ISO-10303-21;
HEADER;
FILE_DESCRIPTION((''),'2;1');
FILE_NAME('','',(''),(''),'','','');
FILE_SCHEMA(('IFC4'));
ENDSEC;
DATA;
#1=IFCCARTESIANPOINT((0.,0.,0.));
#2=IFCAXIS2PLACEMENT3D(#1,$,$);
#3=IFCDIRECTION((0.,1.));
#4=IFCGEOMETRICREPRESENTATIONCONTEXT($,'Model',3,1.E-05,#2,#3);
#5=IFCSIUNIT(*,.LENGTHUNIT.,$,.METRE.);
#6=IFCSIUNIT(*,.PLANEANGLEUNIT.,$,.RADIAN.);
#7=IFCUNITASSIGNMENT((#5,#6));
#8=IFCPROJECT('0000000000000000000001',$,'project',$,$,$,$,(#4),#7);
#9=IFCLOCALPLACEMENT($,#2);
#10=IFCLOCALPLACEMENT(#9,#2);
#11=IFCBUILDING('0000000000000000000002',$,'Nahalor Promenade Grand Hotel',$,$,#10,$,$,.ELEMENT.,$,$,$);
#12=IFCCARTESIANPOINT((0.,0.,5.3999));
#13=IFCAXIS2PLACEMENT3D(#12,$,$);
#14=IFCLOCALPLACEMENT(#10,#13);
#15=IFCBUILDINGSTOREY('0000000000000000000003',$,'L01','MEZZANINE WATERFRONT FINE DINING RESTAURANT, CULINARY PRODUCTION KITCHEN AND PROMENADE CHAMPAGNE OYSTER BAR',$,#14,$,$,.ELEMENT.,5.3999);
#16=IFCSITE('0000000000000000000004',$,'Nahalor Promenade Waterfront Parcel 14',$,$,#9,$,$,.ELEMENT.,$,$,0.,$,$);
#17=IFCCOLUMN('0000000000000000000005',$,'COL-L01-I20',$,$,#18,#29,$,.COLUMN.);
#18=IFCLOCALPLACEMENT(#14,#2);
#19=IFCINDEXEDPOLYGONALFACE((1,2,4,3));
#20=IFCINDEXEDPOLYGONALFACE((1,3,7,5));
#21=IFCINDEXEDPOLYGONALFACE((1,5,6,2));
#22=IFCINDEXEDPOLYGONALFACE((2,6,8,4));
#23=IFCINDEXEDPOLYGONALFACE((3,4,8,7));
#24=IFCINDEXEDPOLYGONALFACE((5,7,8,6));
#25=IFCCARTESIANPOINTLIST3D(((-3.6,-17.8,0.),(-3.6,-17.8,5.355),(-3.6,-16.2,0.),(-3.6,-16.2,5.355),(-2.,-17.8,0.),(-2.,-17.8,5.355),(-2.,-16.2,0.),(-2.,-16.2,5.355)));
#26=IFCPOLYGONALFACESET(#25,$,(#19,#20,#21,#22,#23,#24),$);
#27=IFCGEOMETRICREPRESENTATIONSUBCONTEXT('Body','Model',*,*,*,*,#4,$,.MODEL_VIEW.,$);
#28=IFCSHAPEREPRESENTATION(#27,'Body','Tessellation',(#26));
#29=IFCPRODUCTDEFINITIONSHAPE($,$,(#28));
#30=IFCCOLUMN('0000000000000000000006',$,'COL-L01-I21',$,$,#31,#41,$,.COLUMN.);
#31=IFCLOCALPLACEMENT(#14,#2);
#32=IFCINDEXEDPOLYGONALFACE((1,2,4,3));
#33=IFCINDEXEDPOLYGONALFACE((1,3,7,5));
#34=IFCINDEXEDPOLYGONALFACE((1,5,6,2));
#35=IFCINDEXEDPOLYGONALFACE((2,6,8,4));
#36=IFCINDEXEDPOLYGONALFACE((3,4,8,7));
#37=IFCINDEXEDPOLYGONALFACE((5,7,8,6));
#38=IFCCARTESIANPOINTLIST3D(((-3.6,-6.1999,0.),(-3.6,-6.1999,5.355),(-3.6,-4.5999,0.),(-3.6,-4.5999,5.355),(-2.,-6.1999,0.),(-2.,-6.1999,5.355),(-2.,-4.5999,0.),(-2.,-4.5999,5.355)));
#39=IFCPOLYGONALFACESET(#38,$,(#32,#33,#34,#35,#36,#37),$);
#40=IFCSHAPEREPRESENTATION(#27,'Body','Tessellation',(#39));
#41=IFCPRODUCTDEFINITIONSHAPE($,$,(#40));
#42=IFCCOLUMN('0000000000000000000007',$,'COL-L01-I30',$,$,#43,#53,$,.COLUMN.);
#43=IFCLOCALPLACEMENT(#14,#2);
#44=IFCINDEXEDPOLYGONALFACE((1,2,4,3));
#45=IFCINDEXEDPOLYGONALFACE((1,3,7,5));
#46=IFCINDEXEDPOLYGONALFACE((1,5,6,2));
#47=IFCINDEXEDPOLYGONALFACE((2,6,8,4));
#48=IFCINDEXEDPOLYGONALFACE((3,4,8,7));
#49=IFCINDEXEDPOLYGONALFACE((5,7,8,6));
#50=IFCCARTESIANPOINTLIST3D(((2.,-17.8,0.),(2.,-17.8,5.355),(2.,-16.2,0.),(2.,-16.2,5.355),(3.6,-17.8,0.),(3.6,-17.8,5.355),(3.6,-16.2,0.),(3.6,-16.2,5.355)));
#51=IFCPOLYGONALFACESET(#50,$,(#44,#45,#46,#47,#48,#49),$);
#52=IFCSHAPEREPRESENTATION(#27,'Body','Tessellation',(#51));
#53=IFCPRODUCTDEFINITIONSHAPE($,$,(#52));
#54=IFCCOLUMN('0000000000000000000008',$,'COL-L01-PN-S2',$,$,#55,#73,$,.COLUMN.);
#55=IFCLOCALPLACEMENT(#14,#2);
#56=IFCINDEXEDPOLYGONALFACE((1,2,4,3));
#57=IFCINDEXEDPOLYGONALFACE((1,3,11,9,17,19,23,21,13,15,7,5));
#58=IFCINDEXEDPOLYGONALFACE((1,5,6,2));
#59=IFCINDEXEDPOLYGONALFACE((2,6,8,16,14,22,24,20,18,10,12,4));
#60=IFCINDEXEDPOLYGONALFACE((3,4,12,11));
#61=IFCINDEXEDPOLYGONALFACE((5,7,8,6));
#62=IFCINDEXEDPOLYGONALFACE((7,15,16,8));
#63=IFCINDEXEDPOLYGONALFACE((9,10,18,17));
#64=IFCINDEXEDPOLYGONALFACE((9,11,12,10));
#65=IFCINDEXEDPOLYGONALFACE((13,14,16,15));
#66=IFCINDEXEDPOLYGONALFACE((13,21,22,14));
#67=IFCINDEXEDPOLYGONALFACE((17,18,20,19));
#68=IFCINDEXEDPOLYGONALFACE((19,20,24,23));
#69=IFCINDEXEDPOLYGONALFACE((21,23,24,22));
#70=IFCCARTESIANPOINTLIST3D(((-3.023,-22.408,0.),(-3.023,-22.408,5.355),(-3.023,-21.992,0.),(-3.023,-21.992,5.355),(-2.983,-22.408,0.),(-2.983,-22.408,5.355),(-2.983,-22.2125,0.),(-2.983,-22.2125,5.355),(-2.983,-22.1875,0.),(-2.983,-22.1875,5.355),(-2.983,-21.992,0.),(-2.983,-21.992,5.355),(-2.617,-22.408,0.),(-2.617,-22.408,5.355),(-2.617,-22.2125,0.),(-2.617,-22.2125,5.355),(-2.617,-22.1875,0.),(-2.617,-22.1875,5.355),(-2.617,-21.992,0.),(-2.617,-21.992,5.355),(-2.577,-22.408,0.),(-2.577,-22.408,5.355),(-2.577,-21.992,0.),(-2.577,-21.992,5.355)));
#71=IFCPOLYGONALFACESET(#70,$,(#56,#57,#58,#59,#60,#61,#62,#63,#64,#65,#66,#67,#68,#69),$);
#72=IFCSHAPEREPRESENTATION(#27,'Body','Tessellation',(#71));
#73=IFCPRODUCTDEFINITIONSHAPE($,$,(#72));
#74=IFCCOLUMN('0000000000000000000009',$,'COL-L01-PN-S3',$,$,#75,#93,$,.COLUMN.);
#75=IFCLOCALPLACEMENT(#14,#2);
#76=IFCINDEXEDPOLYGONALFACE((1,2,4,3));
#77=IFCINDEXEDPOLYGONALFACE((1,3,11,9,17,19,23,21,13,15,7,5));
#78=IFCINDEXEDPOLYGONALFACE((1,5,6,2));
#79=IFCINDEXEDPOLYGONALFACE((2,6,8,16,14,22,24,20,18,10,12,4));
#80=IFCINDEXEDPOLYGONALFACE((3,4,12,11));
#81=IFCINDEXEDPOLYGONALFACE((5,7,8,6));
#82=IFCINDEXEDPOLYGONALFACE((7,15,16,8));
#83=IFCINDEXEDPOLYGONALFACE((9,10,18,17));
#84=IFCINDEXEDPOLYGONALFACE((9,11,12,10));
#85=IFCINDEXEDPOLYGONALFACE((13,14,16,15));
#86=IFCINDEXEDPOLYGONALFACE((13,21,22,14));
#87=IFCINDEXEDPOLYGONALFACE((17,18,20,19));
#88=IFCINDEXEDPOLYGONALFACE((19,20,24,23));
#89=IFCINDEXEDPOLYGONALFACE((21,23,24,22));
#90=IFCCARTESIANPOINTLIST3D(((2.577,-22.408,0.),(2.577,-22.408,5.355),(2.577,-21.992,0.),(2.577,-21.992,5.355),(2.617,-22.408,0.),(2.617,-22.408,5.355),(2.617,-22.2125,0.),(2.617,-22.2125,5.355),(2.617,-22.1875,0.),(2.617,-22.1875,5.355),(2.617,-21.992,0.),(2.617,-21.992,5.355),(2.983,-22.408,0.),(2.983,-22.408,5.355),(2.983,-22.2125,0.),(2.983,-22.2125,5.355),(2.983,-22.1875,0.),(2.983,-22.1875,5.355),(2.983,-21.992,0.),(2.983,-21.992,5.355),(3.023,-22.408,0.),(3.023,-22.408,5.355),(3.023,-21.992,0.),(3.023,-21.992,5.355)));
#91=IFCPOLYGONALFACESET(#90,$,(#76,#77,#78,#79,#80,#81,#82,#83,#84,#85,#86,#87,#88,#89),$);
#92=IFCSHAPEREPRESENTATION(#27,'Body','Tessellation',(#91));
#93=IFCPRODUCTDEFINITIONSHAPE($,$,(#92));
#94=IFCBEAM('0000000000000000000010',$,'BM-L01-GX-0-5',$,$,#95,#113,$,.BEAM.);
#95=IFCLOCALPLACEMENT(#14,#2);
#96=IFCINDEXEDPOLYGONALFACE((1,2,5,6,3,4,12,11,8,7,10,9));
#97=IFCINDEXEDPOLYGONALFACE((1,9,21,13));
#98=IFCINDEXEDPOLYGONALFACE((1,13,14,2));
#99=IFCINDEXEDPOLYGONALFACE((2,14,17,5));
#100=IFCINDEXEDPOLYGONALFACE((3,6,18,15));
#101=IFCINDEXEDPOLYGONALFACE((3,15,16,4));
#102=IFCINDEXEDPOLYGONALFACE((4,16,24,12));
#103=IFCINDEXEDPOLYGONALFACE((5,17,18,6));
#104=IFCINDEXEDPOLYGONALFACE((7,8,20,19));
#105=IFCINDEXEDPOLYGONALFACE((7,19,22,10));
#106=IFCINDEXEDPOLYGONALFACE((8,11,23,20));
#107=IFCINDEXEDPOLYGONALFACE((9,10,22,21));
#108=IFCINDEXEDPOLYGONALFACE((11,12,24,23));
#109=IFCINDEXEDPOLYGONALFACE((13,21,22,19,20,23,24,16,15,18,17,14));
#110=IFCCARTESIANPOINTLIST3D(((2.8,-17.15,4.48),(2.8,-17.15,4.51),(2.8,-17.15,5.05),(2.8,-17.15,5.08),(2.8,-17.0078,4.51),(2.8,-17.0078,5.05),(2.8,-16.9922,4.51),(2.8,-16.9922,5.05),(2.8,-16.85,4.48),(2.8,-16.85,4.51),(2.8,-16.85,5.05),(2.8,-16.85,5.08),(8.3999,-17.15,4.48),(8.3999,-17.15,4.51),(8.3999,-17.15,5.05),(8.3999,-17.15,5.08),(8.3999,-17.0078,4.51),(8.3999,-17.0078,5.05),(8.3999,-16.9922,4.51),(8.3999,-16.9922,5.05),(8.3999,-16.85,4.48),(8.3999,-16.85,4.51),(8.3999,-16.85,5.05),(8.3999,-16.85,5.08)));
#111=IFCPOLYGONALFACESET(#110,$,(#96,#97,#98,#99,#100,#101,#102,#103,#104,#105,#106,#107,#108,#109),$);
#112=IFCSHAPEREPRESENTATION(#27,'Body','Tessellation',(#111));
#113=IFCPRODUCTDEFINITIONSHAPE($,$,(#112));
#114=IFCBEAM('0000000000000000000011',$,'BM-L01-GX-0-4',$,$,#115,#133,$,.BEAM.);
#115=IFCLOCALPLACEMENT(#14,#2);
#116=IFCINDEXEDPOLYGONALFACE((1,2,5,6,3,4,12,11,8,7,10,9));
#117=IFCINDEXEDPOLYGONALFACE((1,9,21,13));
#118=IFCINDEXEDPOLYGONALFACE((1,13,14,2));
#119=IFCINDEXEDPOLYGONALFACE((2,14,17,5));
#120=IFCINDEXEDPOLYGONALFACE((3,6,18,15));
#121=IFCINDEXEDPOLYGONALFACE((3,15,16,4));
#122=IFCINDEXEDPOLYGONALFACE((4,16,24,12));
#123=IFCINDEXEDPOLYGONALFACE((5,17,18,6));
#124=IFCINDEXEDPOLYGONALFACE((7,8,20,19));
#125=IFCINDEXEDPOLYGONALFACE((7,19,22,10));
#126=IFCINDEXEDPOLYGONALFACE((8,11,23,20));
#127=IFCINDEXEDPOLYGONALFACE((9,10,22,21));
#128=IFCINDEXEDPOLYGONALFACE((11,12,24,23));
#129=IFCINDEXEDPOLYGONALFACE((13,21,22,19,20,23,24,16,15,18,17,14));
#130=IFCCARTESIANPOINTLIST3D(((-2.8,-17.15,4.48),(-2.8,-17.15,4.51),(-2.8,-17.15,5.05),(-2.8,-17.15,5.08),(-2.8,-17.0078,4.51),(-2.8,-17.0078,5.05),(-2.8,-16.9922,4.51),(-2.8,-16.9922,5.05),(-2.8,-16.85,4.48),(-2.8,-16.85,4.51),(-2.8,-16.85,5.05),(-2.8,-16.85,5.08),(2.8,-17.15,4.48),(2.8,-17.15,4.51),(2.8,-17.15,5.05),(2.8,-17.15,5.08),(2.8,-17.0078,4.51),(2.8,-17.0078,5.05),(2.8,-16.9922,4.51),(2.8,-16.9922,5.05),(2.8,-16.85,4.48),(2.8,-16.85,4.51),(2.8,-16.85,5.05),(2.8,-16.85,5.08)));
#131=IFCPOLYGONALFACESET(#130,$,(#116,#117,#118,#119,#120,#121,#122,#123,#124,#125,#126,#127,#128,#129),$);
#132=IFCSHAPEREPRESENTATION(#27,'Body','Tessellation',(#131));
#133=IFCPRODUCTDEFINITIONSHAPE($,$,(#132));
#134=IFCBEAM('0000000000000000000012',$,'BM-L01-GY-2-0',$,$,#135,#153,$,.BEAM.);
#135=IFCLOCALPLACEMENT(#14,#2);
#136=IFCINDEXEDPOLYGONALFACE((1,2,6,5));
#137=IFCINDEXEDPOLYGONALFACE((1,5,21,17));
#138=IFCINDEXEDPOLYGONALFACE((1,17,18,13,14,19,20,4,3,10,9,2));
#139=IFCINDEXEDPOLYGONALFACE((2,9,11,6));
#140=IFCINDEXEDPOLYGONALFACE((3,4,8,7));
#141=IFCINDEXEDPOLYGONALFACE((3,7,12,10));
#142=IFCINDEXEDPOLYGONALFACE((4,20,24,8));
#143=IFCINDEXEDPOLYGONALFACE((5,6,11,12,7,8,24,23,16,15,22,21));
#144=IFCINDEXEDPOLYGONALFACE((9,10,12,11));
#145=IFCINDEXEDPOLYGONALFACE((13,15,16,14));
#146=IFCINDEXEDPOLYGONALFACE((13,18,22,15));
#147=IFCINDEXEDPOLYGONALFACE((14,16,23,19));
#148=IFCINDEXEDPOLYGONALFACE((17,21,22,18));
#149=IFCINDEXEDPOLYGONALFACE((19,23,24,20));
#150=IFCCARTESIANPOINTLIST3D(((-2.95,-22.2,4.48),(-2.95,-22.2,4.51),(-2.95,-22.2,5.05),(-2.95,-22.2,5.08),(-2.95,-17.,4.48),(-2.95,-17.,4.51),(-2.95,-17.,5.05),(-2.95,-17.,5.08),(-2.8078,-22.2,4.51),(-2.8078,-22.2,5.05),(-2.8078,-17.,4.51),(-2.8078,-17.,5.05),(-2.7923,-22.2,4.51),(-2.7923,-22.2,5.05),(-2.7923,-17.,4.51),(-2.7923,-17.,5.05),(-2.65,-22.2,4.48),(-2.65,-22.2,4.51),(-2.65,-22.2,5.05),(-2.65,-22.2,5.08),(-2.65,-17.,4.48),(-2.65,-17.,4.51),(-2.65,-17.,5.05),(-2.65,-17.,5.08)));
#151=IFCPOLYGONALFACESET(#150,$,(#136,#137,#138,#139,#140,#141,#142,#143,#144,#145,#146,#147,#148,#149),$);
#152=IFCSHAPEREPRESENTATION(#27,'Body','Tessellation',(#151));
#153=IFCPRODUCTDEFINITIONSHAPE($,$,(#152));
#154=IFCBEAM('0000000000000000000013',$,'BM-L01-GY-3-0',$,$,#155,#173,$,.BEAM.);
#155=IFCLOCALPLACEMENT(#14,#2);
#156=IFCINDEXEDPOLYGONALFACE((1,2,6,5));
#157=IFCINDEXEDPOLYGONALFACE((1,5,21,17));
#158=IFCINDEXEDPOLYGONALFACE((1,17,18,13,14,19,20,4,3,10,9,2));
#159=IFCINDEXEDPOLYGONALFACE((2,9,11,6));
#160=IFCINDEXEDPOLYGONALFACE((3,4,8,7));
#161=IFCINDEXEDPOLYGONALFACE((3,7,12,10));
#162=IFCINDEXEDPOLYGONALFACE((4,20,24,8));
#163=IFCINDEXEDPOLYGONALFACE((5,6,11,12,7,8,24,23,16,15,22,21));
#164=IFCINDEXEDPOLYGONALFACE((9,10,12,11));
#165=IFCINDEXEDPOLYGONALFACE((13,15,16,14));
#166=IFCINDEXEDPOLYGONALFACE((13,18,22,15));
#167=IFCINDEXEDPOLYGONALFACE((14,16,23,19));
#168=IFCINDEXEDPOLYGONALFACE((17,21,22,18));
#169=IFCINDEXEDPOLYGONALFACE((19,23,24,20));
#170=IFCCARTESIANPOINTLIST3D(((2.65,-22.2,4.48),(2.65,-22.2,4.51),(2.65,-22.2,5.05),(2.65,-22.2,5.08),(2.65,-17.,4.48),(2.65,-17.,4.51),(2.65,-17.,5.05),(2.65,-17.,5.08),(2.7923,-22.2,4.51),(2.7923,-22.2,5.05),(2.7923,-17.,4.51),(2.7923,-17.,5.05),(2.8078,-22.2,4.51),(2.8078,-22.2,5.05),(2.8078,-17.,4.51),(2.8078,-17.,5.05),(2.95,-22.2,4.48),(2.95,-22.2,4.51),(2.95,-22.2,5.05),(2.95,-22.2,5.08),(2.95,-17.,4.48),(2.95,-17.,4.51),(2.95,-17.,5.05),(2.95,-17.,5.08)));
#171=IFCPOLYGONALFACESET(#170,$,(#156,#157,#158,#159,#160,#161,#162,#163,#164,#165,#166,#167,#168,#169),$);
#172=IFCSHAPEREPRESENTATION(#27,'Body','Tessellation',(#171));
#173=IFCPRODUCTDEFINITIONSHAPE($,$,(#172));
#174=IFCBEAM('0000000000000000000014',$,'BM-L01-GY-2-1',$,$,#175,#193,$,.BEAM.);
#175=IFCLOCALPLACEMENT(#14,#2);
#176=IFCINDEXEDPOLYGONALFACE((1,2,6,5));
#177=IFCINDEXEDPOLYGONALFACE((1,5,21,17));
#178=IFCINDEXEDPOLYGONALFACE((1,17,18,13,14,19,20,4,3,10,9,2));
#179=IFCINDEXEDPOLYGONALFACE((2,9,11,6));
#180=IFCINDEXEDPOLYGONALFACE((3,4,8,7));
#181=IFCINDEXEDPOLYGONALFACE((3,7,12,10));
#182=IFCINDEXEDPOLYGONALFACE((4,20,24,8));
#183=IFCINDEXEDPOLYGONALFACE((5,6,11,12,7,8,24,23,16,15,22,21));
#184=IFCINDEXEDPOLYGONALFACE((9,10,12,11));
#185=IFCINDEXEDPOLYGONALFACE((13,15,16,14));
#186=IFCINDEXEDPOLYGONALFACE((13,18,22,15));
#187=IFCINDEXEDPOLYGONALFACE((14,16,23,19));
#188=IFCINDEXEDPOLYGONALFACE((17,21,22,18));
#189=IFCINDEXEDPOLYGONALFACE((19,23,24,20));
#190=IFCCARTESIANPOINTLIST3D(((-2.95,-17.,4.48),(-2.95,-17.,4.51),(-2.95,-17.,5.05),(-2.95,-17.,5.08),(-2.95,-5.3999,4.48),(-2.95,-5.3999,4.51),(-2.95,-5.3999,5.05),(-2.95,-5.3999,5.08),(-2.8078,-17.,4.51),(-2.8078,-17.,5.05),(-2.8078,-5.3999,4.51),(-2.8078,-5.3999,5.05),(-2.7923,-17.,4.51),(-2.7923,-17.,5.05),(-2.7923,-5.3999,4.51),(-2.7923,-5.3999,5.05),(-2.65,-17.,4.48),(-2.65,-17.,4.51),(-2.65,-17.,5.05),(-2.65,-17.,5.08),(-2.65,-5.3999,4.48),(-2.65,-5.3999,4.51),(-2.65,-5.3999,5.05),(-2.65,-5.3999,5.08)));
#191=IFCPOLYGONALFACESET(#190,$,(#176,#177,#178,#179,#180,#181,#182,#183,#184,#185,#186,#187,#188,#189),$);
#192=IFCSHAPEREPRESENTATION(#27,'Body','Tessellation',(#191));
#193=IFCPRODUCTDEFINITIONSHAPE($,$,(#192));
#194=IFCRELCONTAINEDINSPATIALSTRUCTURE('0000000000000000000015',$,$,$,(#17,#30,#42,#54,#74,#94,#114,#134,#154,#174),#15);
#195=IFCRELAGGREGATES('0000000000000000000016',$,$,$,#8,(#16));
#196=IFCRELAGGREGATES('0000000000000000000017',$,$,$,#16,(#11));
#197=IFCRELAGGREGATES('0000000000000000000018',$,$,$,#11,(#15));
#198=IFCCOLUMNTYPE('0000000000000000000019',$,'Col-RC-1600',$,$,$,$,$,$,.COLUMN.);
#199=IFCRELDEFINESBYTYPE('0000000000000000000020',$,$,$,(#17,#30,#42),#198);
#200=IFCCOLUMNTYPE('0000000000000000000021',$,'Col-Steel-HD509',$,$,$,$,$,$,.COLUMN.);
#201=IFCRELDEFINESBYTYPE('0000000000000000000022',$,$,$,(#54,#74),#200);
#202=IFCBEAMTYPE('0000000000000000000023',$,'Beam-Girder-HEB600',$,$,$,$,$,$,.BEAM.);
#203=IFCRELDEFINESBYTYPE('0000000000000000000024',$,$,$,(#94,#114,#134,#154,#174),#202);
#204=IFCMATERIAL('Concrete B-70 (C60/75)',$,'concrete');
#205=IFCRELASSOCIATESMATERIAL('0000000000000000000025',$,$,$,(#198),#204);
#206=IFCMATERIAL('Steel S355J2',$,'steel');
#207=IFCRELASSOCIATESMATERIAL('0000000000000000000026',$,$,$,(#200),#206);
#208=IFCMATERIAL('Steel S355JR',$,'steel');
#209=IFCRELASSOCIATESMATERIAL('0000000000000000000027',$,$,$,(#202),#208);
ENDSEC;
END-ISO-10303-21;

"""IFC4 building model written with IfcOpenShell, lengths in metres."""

from ifc_helpers import new_model, si_unit, direction, frame, origin, origin_2d, place, context, subcontext, project, spatial, rectangle, i_section, extrude, source, transform, mapped, material, material_profile, profile_set, type_object, element, save


model = new_model("IFC4")

# Units and contexts
model_context = context("Model", 3, precision=1e-05, world=origin(), true_north=direction((0.0, 1.0)))
body_context = subcontext(model_context, "Body", "Model", "MODEL_VIEW")
ifc_project = project(units=[si_unit("LENGTHUNIT", "METRE"), si_unit("PLANEANGLEUNIT", "RADIAN")], contexts=[model_context])

# Site, building, storey
site_placement = place(None, origin())
site = spatial("IfcSite", under=ifc_project, at=site_placement, Name="Nahalor Promenade Waterfront Parcel 14", CompositionType="ELEMENT", RefElevation=0.0)
building_placement = place(site_placement, origin())
building = spatial("IfcBuilding", under=site, at=building_placement, Name="Nahalor Promenade Grand Hotel", CompositionType="ELEMENT")
storey_placement = place(building_placement, frame((0.0, 0.0, 5.3999)))
storey = spatial("IfcBuildingStorey", under=building, at=storey_placement, Name="L01", Description="MEZZANINE WATERFRONT FINE DINING RESTAURANT, CULINARY PRODUCTION KITCHEN AND PROMENADE CHAMPAGNE OYSTER BAR", CompositionType="ELEMENT", Elevation=5.3999)

# Columns
ifc_material_1 = material(Name="Concrete B-70 (C60/75)", Category="concrete")
ifc_material_profile_1 = material_profile(ifc_material_1, rectangle(XDim=1.6, YDim=1.6, at=origin_2d()), Name="RC 1600x1600")
ifc_profile_set_1 = profile_set([ifc_material_profile_1], Name="Concrete B-70 (C60/75)")
column_type_1 = type_object("IfcColumnType", Name="Col-RC-1600", PredefinedType="COLUMN", material=ifc_profile_set_1)
shared_shape_1 = source(origin(), body_context, "Body", "SweptSolid", [
    extrude(rectangle(XDim=1.6, YDim=1.6, at=origin_2d()), origin(), (0.0, 0.0, 1.0), 5.355),
])
for number, where, z_axis, x_axis, name in (
    (1, (-2.8, -17.0, 0.0), (0.0, 0.0, 1.0), (1.0, 0.0, 0.0), "COL-L01-I20"),
    (2, (-2.8, -5.3999, 0.0), (0.0, 0.0, 1.0), (1.0, 0.0, 0.0), "COL-L01-I21"),
    (3, (2.8, -17.0, 0.0), (0.0, 0.0, 1.0), (1.0, 0.0, 0.0), "COL-L01-I30"),
):
    element("IfcColumn", number, at=place(storey_placement, frame(where, z_axis=z_axis, x_axis=x_axis)), inside=storey, type_object=column_type_1, Name=name, PredefinedType="COLUMN", context=body_context, shape_type="MappedRepresentation", body=[
        mapped(shared_shape_1, transform((0.0, 0.0, 0.0), scale=1.0)),
    ])
ifc_material_2 = material(Name="Steel S355J2", Category="steel")
ifc_material_profile_2 = material_profile(ifc_material_2, i_section(OverallWidth=0.416, OverallDepth=0.446, WebThickness=0.025, FlangeThickness=0.04, at=origin_2d()), Name="HD 400x509")
ifc_profile_set_2 = profile_set([ifc_material_profile_2], Name="Steel S355J2")
column_type_2 = type_object("IfcColumnType", Name="Col-Steel-HD509", PredefinedType="COLUMN", material=ifc_profile_set_2)
shared_shape_2 = source(origin(), body_context, "Body", "SweptSolid", [
    extrude(i_section(OverallWidth=0.416, OverallDepth=0.446, WebThickness=0.025, FlangeThickness=0.04, at=origin_2d()), origin(), (0.0, 0.0, 1.0), 5.355),
])
for number, where, z_axis, x_axis, name in (
    (4, (-2.8, -22.2, 0.0), (0.0, 0.0, 1.0), (0.0, 1.0, 0.0), "COL-L01-PN-S2"),
    (5, (2.8, -22.2, 0.0), (0.0, 0.0, 1.0), (0.0, 1.0, 0.0), "COL-L01-PN-S3"),
):
    element("IfcColumn", number, at=place(storey_placement, frame(where, z_axis=z_axis, x_axis=x_axis)), inside=storey, type_object=column_type_2, Name=name, PredefinedType="COLUMN", context=body_context, shape_type="MappedRepresentation", body=[
        mapped(shared_shape_2, transform((0.0, 0.0, 0.0), scale=1.0)),
    ])

# Beams
ifc_material_3 = material(Name="Steel S355JR", Category="steel")
ifc_material_profile_3 = material_profile(ifc_material_3, i_section(OverallWidth=0.3, OverallDepth=0.6, WebThickness=0.0155, FlangeThickness=0.03, at=origin_2d()), Name="HEB 600")
ifc_profile_set_3 = profile_set([ifc_material_profile_3], Name="Steel S355JR")
beam_type_1 = type_object("IfcBeamType", Name="Beam-Girder-HEB600", PredefinedType="BEAM", material=ifc_profile_set_3)
shared_shape_3 = source(origin(), body_context, "Body", "SweptSolid", [
    extrude(i_section(OverallWidth=0.3, OverallDepth=0.6, WebThickness=0.0155, FlangeThickness=0.03, at=origin_2d()), origin(), (0.0, 0.0, 1.0), 5.5999),
])
beam_1_placement = place(storey_placement, frame((2.8, -17.0, 4.78), z_axis=(1.0, 0.0, 0.0), x_axis=(0.0, 1.0, 0.0)))
element("IfcBeam", 6, at=beam_1_placement, inside=storey, type_object=beam_type_1, Name="BM-L01-GX-0-5", PredefinedType="BEAM", context=body_context, shape_type="MappedRepresentation", body=[
    mapped(shared_shape_3, transform((0.0, 0.0, 0.0), scale=1.0)),
])
shared_shape_4 = source(origin(), body_context, "Body", "SweptSolid", [
    extrude(i_section(OverallWidth=0.3, OverallDepth=0.6, WebThickness=0.0155, FlangeThickness=0.03, at=origin_2d()), origin(), (0.0, 0.0, 1.0), 5.6001),
])
beam_2_placement = place(storey_placement, frame((-2.8, -17.0, 4.78), z_axis=(1.0, 0.0, 0.0), x_axis=(0.0, 1.0, 0.0)))
element("IfcBeam", 7, at=beam_2_placement, inside=storey, type_object=beam_type_1, Name="BM-L01-GX-0-4", PredefinedType="BEAM", context=body_context, shape_type="MappedRepresentation", body=[
    mapped(shared_shape_4, transform((0.0, 0.0, 0.0), scale=1.0)),
])
shared_shape_5 = source(origin(), body_context, "Body", "SweptSolid", [
    extrude(i_section(OverallWidth=0.3, OverallDepth=0.6, WebThickness=0.0155, FlangeThickness=0.03, at=origin_2d()), origin(), (0.0, 0.0, 1.0), 5.2),
])
for number, where, z_axis, x_axis, name in (
    (8, (-2.8, -22.2, 4.78), (0.0, 1.0, 0.0), (-1.0, 0.0, 0.0), "BM-L01-GY-2-0"),
    (9, (2.8, -22.2, 4.78), (0.0, 1.0, 0.0), (-1.0, 0.0, 0.0), "BM-L01-GY-3-0"),
):
    element("IfcBeam", number, at=place(storey_placement, frame(where, z_axis=z_axis, x_axis=x_axis)), inside=storey, type_object=beam_type_1, Name=name, PredefinedType="BEAM", context=body_context, shape_type="MappedRepresentation", body=[
        mapped(shared_shape_5, transform((0.0, 0.0, 0.0), scale=1.0)),
    ])
shared_shape_6 = source(origin(), body_context, "Body", "SweptSolid", [
    extrude(i_section(OverallWidth=0.3, OverallDepth=0.6, WebThickness=0.0155, FlangeThickness=0.03, at=origin_2d()), origin(), (0.0, 0.0, 1.0), 11.6001),
])
for number, where, z_axis, x_axis, name in (
    (10, (-2.8, -17.0, 4.78), (0.0, 1.0, 0.0), (-1.0, 0.0, 0.0), "BM-L01-GY-2-1"),
):
    element("IfcBeam", number, at=place(storey_placement, frame(where, z_axis=z_axis, x_axis=x_axis)), inside=storey, type_object=beam_type_1, Name=name, PredefinedType="BEAM", context=body_context, shape_type="MappedRepresentation", body=[
        mapped(shared_shape_6, transform((0.0, 0.0, 0.0), scale=1.0)),
    ])

save(model, "model.ifc")
